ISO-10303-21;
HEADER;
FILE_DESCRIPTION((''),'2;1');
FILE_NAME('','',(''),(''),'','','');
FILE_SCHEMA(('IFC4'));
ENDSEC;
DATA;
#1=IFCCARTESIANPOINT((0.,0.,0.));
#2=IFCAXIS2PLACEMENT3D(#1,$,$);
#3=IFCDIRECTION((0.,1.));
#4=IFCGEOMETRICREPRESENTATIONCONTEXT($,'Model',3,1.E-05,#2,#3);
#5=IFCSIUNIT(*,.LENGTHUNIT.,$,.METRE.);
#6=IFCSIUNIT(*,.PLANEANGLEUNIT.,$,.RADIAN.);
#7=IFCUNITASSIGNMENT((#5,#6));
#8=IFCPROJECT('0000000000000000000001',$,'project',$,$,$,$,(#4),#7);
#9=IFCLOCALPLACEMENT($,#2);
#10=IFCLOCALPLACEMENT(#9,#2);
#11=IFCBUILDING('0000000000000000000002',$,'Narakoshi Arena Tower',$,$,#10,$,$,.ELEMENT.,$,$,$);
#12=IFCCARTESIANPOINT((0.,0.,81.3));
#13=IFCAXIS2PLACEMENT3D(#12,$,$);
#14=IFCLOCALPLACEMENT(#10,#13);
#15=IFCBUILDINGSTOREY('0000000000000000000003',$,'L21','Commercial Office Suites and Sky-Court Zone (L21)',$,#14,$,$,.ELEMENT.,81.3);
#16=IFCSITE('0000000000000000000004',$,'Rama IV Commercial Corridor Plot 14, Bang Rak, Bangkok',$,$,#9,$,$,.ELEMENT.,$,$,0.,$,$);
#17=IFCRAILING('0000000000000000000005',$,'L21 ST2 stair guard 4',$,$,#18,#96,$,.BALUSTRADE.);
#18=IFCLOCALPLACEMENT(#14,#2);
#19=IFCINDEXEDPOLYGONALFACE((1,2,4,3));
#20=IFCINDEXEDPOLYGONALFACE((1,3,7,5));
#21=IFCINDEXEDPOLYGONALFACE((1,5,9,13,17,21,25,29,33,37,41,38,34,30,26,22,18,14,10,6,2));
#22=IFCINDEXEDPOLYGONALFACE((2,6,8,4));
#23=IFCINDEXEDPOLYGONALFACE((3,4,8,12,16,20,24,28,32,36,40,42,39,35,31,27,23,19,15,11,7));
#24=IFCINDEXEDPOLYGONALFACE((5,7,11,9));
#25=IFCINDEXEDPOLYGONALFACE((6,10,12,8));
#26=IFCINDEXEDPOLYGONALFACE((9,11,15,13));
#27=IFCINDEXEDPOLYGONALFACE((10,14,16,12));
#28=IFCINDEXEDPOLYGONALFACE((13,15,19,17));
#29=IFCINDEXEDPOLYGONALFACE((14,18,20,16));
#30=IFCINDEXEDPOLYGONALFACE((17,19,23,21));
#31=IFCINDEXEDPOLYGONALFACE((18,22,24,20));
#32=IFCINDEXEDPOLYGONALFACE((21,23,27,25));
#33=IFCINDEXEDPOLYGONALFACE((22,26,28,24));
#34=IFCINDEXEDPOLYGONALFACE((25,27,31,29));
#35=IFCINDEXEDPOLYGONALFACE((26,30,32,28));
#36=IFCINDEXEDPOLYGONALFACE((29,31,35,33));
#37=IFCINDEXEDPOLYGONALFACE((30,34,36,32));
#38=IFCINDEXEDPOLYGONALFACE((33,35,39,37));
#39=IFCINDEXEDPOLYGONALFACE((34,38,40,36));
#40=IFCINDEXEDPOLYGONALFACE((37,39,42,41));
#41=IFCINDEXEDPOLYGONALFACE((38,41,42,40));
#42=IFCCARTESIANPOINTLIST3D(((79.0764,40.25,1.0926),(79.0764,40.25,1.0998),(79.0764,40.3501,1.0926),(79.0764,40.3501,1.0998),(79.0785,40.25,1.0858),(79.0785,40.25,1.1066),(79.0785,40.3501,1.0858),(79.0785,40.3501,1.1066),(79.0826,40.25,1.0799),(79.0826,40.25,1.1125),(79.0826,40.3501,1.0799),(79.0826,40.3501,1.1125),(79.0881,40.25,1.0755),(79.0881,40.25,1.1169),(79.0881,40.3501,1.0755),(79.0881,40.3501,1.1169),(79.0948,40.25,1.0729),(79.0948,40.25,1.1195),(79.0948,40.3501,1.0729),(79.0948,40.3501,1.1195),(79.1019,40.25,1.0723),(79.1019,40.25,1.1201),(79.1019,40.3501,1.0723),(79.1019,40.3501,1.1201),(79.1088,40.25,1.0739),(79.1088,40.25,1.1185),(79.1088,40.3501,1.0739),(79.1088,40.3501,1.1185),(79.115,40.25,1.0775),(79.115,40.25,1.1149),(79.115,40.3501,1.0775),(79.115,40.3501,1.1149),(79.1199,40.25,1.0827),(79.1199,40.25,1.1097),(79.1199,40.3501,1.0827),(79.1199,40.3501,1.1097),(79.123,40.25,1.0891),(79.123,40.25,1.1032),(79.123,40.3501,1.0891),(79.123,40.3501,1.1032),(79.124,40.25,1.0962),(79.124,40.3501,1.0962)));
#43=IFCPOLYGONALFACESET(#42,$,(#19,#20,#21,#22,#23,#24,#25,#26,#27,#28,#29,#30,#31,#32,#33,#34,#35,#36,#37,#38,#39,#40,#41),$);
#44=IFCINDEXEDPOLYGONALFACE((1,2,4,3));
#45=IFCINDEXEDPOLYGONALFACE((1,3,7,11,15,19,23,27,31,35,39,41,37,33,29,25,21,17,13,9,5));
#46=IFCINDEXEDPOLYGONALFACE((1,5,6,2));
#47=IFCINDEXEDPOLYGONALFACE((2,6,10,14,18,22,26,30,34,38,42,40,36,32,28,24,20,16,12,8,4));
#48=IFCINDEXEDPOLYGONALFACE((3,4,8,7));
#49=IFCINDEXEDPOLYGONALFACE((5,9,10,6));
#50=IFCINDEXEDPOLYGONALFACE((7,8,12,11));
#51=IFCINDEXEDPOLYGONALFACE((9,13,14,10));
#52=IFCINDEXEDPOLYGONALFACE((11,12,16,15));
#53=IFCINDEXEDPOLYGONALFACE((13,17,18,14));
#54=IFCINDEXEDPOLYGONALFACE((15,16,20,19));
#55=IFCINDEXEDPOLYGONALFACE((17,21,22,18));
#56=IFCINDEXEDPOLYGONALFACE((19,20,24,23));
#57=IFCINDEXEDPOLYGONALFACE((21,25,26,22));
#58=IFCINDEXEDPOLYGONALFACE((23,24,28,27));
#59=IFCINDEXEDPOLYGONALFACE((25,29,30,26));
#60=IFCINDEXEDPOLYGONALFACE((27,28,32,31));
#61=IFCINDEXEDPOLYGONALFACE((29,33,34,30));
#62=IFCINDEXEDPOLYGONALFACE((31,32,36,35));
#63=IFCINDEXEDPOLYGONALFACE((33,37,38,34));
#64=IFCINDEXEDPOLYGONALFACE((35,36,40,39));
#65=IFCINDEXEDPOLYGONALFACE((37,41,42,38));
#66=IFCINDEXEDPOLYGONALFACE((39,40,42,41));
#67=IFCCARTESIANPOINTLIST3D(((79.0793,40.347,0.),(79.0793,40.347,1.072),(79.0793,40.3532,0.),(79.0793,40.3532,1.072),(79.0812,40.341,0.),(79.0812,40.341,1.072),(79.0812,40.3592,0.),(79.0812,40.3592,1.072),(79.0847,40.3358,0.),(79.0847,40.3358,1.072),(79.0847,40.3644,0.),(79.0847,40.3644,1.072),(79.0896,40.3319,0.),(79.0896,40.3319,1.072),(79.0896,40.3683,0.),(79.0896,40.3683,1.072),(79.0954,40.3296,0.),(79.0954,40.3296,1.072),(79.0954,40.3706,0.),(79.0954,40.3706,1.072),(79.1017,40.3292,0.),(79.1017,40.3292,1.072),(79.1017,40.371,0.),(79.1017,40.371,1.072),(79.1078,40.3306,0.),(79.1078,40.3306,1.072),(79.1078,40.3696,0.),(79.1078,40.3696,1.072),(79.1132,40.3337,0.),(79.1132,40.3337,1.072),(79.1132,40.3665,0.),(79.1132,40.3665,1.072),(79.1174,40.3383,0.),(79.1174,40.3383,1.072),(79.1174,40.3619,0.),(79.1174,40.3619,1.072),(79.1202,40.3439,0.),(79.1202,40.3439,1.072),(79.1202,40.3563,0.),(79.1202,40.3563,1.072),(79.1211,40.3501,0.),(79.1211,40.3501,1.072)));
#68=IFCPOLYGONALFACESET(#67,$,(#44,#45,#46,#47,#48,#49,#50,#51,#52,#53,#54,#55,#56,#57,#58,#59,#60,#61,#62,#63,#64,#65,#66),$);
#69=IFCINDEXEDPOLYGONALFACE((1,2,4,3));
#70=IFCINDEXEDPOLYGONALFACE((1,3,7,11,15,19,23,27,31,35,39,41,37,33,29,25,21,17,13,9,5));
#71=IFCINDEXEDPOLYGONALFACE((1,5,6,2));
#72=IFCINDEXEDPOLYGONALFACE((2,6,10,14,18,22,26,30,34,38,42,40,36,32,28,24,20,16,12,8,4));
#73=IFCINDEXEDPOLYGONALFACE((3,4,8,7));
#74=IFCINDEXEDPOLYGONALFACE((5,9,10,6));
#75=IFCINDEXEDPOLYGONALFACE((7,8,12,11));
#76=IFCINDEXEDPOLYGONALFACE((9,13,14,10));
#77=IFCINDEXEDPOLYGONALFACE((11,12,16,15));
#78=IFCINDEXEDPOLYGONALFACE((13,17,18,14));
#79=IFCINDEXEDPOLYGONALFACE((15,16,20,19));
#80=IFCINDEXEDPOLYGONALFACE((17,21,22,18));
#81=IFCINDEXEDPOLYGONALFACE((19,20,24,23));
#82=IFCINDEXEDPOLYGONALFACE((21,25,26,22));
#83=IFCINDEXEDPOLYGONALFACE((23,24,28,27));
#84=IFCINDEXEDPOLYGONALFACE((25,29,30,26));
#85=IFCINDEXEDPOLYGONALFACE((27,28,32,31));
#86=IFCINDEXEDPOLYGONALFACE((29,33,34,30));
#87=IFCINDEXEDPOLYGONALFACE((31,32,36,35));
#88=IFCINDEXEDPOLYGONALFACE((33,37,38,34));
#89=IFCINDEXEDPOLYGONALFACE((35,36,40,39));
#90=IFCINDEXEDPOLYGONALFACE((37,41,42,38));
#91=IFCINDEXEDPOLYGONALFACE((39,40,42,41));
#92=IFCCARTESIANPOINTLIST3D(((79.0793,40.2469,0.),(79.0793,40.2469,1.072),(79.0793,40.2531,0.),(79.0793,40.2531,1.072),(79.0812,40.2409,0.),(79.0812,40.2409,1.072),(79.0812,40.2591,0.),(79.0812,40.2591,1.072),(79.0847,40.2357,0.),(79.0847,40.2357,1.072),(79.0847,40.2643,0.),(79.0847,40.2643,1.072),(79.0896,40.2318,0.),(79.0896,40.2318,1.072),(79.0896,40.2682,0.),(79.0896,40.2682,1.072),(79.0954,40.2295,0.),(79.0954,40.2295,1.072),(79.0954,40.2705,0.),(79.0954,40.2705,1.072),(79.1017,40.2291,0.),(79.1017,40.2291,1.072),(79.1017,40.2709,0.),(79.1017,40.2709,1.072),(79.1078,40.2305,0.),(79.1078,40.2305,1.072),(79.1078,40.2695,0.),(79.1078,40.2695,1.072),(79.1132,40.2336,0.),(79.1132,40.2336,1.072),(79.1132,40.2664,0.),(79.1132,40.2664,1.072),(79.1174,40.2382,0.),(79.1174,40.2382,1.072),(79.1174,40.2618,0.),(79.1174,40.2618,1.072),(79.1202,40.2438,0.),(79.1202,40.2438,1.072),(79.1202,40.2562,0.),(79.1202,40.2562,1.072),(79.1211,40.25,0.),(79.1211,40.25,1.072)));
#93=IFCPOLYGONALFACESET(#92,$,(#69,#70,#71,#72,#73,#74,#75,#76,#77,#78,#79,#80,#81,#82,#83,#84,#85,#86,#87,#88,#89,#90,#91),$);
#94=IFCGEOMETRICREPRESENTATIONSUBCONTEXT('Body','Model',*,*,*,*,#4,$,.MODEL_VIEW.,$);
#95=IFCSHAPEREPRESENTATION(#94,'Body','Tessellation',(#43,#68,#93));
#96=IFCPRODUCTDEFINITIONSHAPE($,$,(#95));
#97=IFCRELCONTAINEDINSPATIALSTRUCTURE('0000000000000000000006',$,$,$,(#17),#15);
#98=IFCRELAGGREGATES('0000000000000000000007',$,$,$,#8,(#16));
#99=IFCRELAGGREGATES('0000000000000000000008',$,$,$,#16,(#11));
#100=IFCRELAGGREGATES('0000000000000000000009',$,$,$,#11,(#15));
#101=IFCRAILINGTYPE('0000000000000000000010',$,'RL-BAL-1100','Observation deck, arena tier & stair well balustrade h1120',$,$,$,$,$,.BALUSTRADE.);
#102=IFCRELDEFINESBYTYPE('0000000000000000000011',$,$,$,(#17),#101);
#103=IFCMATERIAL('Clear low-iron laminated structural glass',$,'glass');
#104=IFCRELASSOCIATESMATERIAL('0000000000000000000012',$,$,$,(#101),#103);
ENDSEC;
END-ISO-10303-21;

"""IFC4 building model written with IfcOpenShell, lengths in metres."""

from ifc_helpers import new_model, si_unit, direction, frame, origin, origin_2d, place, context, subcontext, project, spatial, circle, extrude, material, type_object, element, save


model = new_model("IFC4")

# Units and contexts
model_context = context("Model", 3, precision=1e-05, world=origin(), true_north=direction((0.0, 1.0)))
body_context = subcontext(model_context, "Body", "Model", "MODEL_VIEW")
ifc_project = project(units=[si_unit("LENGTHUNIT", "METRE"), si_unit("PLANEANGLEUNIT", "RADIAN")], contexts=[model_context])

# Site, building, storey
site_placement = place(None, origin())
site = spatial("IfcSite", under=ifc_project, at=site_placement, Name="Rama IV Commercial Corridor Plot 14, Bang Rak, Bangkok", CompositionType="ELEMENT", RefElevation=0.0)
building_placement = place(site_placement, origin())
building = spatial("IfcBuilding", under=site, at=building_placement, Name="Narakoshi Arena Tower", CompositionType="ELEMENT")
storey_placement = place(building_placement, frame((0.0, 0.0, 81.3)))
storey = spatial("IfcBuildingStorey", under=building, at=storey_placement, Name="L21", Description="Commercial Office Suites and Sky-Court Zone (L21)", CompositionType="ELEMENT", Elevation=81.3)

# Railing
ifc_material_1 = material(Name="Clear low-iron laminated structural glass", Category="glass")
railing_type_1 = type_object("IfcRailingType", Name="RL-BAL-1100", Description="Observation deck, arena tier & stair well balustrade h1120", PredefinedType="BALUSTRADE", material=ifc_material_1)
railing_1_placement = place(storey_placement, frame((79.1001, 40.3501, 0.0)))
element("IfcRailing", 1, at=railing_1_placement, inside=storey, type_object=railing_type_1, Name="L21 ST2 stair guard 4", PredefinedType="BALUSTRADE", context=body_context, shape_type="SweptSolid", body=[
    extrude(circle(Radius=0.0239, at=origin_2d()), frame((0.0, 0.0, 1.0962), z_axis=(0.0, -1.0, 0.0), x_axis=(1.0, 0.0, 0.0)), (0.0, 0.0, 1.0), 0.1001),
    extrude(circle(Radius=0.021, at=origin_2d()), origin(), (0.0, 0.0, 1.0), 1.072),
    extrude(circle(Radius=0.021, at=origin_2d()), frame((0.0, -0.1001, 0.0)), (0.0, 0.0, 1.0), 1.072),
])

save(model, "model.ifc")
